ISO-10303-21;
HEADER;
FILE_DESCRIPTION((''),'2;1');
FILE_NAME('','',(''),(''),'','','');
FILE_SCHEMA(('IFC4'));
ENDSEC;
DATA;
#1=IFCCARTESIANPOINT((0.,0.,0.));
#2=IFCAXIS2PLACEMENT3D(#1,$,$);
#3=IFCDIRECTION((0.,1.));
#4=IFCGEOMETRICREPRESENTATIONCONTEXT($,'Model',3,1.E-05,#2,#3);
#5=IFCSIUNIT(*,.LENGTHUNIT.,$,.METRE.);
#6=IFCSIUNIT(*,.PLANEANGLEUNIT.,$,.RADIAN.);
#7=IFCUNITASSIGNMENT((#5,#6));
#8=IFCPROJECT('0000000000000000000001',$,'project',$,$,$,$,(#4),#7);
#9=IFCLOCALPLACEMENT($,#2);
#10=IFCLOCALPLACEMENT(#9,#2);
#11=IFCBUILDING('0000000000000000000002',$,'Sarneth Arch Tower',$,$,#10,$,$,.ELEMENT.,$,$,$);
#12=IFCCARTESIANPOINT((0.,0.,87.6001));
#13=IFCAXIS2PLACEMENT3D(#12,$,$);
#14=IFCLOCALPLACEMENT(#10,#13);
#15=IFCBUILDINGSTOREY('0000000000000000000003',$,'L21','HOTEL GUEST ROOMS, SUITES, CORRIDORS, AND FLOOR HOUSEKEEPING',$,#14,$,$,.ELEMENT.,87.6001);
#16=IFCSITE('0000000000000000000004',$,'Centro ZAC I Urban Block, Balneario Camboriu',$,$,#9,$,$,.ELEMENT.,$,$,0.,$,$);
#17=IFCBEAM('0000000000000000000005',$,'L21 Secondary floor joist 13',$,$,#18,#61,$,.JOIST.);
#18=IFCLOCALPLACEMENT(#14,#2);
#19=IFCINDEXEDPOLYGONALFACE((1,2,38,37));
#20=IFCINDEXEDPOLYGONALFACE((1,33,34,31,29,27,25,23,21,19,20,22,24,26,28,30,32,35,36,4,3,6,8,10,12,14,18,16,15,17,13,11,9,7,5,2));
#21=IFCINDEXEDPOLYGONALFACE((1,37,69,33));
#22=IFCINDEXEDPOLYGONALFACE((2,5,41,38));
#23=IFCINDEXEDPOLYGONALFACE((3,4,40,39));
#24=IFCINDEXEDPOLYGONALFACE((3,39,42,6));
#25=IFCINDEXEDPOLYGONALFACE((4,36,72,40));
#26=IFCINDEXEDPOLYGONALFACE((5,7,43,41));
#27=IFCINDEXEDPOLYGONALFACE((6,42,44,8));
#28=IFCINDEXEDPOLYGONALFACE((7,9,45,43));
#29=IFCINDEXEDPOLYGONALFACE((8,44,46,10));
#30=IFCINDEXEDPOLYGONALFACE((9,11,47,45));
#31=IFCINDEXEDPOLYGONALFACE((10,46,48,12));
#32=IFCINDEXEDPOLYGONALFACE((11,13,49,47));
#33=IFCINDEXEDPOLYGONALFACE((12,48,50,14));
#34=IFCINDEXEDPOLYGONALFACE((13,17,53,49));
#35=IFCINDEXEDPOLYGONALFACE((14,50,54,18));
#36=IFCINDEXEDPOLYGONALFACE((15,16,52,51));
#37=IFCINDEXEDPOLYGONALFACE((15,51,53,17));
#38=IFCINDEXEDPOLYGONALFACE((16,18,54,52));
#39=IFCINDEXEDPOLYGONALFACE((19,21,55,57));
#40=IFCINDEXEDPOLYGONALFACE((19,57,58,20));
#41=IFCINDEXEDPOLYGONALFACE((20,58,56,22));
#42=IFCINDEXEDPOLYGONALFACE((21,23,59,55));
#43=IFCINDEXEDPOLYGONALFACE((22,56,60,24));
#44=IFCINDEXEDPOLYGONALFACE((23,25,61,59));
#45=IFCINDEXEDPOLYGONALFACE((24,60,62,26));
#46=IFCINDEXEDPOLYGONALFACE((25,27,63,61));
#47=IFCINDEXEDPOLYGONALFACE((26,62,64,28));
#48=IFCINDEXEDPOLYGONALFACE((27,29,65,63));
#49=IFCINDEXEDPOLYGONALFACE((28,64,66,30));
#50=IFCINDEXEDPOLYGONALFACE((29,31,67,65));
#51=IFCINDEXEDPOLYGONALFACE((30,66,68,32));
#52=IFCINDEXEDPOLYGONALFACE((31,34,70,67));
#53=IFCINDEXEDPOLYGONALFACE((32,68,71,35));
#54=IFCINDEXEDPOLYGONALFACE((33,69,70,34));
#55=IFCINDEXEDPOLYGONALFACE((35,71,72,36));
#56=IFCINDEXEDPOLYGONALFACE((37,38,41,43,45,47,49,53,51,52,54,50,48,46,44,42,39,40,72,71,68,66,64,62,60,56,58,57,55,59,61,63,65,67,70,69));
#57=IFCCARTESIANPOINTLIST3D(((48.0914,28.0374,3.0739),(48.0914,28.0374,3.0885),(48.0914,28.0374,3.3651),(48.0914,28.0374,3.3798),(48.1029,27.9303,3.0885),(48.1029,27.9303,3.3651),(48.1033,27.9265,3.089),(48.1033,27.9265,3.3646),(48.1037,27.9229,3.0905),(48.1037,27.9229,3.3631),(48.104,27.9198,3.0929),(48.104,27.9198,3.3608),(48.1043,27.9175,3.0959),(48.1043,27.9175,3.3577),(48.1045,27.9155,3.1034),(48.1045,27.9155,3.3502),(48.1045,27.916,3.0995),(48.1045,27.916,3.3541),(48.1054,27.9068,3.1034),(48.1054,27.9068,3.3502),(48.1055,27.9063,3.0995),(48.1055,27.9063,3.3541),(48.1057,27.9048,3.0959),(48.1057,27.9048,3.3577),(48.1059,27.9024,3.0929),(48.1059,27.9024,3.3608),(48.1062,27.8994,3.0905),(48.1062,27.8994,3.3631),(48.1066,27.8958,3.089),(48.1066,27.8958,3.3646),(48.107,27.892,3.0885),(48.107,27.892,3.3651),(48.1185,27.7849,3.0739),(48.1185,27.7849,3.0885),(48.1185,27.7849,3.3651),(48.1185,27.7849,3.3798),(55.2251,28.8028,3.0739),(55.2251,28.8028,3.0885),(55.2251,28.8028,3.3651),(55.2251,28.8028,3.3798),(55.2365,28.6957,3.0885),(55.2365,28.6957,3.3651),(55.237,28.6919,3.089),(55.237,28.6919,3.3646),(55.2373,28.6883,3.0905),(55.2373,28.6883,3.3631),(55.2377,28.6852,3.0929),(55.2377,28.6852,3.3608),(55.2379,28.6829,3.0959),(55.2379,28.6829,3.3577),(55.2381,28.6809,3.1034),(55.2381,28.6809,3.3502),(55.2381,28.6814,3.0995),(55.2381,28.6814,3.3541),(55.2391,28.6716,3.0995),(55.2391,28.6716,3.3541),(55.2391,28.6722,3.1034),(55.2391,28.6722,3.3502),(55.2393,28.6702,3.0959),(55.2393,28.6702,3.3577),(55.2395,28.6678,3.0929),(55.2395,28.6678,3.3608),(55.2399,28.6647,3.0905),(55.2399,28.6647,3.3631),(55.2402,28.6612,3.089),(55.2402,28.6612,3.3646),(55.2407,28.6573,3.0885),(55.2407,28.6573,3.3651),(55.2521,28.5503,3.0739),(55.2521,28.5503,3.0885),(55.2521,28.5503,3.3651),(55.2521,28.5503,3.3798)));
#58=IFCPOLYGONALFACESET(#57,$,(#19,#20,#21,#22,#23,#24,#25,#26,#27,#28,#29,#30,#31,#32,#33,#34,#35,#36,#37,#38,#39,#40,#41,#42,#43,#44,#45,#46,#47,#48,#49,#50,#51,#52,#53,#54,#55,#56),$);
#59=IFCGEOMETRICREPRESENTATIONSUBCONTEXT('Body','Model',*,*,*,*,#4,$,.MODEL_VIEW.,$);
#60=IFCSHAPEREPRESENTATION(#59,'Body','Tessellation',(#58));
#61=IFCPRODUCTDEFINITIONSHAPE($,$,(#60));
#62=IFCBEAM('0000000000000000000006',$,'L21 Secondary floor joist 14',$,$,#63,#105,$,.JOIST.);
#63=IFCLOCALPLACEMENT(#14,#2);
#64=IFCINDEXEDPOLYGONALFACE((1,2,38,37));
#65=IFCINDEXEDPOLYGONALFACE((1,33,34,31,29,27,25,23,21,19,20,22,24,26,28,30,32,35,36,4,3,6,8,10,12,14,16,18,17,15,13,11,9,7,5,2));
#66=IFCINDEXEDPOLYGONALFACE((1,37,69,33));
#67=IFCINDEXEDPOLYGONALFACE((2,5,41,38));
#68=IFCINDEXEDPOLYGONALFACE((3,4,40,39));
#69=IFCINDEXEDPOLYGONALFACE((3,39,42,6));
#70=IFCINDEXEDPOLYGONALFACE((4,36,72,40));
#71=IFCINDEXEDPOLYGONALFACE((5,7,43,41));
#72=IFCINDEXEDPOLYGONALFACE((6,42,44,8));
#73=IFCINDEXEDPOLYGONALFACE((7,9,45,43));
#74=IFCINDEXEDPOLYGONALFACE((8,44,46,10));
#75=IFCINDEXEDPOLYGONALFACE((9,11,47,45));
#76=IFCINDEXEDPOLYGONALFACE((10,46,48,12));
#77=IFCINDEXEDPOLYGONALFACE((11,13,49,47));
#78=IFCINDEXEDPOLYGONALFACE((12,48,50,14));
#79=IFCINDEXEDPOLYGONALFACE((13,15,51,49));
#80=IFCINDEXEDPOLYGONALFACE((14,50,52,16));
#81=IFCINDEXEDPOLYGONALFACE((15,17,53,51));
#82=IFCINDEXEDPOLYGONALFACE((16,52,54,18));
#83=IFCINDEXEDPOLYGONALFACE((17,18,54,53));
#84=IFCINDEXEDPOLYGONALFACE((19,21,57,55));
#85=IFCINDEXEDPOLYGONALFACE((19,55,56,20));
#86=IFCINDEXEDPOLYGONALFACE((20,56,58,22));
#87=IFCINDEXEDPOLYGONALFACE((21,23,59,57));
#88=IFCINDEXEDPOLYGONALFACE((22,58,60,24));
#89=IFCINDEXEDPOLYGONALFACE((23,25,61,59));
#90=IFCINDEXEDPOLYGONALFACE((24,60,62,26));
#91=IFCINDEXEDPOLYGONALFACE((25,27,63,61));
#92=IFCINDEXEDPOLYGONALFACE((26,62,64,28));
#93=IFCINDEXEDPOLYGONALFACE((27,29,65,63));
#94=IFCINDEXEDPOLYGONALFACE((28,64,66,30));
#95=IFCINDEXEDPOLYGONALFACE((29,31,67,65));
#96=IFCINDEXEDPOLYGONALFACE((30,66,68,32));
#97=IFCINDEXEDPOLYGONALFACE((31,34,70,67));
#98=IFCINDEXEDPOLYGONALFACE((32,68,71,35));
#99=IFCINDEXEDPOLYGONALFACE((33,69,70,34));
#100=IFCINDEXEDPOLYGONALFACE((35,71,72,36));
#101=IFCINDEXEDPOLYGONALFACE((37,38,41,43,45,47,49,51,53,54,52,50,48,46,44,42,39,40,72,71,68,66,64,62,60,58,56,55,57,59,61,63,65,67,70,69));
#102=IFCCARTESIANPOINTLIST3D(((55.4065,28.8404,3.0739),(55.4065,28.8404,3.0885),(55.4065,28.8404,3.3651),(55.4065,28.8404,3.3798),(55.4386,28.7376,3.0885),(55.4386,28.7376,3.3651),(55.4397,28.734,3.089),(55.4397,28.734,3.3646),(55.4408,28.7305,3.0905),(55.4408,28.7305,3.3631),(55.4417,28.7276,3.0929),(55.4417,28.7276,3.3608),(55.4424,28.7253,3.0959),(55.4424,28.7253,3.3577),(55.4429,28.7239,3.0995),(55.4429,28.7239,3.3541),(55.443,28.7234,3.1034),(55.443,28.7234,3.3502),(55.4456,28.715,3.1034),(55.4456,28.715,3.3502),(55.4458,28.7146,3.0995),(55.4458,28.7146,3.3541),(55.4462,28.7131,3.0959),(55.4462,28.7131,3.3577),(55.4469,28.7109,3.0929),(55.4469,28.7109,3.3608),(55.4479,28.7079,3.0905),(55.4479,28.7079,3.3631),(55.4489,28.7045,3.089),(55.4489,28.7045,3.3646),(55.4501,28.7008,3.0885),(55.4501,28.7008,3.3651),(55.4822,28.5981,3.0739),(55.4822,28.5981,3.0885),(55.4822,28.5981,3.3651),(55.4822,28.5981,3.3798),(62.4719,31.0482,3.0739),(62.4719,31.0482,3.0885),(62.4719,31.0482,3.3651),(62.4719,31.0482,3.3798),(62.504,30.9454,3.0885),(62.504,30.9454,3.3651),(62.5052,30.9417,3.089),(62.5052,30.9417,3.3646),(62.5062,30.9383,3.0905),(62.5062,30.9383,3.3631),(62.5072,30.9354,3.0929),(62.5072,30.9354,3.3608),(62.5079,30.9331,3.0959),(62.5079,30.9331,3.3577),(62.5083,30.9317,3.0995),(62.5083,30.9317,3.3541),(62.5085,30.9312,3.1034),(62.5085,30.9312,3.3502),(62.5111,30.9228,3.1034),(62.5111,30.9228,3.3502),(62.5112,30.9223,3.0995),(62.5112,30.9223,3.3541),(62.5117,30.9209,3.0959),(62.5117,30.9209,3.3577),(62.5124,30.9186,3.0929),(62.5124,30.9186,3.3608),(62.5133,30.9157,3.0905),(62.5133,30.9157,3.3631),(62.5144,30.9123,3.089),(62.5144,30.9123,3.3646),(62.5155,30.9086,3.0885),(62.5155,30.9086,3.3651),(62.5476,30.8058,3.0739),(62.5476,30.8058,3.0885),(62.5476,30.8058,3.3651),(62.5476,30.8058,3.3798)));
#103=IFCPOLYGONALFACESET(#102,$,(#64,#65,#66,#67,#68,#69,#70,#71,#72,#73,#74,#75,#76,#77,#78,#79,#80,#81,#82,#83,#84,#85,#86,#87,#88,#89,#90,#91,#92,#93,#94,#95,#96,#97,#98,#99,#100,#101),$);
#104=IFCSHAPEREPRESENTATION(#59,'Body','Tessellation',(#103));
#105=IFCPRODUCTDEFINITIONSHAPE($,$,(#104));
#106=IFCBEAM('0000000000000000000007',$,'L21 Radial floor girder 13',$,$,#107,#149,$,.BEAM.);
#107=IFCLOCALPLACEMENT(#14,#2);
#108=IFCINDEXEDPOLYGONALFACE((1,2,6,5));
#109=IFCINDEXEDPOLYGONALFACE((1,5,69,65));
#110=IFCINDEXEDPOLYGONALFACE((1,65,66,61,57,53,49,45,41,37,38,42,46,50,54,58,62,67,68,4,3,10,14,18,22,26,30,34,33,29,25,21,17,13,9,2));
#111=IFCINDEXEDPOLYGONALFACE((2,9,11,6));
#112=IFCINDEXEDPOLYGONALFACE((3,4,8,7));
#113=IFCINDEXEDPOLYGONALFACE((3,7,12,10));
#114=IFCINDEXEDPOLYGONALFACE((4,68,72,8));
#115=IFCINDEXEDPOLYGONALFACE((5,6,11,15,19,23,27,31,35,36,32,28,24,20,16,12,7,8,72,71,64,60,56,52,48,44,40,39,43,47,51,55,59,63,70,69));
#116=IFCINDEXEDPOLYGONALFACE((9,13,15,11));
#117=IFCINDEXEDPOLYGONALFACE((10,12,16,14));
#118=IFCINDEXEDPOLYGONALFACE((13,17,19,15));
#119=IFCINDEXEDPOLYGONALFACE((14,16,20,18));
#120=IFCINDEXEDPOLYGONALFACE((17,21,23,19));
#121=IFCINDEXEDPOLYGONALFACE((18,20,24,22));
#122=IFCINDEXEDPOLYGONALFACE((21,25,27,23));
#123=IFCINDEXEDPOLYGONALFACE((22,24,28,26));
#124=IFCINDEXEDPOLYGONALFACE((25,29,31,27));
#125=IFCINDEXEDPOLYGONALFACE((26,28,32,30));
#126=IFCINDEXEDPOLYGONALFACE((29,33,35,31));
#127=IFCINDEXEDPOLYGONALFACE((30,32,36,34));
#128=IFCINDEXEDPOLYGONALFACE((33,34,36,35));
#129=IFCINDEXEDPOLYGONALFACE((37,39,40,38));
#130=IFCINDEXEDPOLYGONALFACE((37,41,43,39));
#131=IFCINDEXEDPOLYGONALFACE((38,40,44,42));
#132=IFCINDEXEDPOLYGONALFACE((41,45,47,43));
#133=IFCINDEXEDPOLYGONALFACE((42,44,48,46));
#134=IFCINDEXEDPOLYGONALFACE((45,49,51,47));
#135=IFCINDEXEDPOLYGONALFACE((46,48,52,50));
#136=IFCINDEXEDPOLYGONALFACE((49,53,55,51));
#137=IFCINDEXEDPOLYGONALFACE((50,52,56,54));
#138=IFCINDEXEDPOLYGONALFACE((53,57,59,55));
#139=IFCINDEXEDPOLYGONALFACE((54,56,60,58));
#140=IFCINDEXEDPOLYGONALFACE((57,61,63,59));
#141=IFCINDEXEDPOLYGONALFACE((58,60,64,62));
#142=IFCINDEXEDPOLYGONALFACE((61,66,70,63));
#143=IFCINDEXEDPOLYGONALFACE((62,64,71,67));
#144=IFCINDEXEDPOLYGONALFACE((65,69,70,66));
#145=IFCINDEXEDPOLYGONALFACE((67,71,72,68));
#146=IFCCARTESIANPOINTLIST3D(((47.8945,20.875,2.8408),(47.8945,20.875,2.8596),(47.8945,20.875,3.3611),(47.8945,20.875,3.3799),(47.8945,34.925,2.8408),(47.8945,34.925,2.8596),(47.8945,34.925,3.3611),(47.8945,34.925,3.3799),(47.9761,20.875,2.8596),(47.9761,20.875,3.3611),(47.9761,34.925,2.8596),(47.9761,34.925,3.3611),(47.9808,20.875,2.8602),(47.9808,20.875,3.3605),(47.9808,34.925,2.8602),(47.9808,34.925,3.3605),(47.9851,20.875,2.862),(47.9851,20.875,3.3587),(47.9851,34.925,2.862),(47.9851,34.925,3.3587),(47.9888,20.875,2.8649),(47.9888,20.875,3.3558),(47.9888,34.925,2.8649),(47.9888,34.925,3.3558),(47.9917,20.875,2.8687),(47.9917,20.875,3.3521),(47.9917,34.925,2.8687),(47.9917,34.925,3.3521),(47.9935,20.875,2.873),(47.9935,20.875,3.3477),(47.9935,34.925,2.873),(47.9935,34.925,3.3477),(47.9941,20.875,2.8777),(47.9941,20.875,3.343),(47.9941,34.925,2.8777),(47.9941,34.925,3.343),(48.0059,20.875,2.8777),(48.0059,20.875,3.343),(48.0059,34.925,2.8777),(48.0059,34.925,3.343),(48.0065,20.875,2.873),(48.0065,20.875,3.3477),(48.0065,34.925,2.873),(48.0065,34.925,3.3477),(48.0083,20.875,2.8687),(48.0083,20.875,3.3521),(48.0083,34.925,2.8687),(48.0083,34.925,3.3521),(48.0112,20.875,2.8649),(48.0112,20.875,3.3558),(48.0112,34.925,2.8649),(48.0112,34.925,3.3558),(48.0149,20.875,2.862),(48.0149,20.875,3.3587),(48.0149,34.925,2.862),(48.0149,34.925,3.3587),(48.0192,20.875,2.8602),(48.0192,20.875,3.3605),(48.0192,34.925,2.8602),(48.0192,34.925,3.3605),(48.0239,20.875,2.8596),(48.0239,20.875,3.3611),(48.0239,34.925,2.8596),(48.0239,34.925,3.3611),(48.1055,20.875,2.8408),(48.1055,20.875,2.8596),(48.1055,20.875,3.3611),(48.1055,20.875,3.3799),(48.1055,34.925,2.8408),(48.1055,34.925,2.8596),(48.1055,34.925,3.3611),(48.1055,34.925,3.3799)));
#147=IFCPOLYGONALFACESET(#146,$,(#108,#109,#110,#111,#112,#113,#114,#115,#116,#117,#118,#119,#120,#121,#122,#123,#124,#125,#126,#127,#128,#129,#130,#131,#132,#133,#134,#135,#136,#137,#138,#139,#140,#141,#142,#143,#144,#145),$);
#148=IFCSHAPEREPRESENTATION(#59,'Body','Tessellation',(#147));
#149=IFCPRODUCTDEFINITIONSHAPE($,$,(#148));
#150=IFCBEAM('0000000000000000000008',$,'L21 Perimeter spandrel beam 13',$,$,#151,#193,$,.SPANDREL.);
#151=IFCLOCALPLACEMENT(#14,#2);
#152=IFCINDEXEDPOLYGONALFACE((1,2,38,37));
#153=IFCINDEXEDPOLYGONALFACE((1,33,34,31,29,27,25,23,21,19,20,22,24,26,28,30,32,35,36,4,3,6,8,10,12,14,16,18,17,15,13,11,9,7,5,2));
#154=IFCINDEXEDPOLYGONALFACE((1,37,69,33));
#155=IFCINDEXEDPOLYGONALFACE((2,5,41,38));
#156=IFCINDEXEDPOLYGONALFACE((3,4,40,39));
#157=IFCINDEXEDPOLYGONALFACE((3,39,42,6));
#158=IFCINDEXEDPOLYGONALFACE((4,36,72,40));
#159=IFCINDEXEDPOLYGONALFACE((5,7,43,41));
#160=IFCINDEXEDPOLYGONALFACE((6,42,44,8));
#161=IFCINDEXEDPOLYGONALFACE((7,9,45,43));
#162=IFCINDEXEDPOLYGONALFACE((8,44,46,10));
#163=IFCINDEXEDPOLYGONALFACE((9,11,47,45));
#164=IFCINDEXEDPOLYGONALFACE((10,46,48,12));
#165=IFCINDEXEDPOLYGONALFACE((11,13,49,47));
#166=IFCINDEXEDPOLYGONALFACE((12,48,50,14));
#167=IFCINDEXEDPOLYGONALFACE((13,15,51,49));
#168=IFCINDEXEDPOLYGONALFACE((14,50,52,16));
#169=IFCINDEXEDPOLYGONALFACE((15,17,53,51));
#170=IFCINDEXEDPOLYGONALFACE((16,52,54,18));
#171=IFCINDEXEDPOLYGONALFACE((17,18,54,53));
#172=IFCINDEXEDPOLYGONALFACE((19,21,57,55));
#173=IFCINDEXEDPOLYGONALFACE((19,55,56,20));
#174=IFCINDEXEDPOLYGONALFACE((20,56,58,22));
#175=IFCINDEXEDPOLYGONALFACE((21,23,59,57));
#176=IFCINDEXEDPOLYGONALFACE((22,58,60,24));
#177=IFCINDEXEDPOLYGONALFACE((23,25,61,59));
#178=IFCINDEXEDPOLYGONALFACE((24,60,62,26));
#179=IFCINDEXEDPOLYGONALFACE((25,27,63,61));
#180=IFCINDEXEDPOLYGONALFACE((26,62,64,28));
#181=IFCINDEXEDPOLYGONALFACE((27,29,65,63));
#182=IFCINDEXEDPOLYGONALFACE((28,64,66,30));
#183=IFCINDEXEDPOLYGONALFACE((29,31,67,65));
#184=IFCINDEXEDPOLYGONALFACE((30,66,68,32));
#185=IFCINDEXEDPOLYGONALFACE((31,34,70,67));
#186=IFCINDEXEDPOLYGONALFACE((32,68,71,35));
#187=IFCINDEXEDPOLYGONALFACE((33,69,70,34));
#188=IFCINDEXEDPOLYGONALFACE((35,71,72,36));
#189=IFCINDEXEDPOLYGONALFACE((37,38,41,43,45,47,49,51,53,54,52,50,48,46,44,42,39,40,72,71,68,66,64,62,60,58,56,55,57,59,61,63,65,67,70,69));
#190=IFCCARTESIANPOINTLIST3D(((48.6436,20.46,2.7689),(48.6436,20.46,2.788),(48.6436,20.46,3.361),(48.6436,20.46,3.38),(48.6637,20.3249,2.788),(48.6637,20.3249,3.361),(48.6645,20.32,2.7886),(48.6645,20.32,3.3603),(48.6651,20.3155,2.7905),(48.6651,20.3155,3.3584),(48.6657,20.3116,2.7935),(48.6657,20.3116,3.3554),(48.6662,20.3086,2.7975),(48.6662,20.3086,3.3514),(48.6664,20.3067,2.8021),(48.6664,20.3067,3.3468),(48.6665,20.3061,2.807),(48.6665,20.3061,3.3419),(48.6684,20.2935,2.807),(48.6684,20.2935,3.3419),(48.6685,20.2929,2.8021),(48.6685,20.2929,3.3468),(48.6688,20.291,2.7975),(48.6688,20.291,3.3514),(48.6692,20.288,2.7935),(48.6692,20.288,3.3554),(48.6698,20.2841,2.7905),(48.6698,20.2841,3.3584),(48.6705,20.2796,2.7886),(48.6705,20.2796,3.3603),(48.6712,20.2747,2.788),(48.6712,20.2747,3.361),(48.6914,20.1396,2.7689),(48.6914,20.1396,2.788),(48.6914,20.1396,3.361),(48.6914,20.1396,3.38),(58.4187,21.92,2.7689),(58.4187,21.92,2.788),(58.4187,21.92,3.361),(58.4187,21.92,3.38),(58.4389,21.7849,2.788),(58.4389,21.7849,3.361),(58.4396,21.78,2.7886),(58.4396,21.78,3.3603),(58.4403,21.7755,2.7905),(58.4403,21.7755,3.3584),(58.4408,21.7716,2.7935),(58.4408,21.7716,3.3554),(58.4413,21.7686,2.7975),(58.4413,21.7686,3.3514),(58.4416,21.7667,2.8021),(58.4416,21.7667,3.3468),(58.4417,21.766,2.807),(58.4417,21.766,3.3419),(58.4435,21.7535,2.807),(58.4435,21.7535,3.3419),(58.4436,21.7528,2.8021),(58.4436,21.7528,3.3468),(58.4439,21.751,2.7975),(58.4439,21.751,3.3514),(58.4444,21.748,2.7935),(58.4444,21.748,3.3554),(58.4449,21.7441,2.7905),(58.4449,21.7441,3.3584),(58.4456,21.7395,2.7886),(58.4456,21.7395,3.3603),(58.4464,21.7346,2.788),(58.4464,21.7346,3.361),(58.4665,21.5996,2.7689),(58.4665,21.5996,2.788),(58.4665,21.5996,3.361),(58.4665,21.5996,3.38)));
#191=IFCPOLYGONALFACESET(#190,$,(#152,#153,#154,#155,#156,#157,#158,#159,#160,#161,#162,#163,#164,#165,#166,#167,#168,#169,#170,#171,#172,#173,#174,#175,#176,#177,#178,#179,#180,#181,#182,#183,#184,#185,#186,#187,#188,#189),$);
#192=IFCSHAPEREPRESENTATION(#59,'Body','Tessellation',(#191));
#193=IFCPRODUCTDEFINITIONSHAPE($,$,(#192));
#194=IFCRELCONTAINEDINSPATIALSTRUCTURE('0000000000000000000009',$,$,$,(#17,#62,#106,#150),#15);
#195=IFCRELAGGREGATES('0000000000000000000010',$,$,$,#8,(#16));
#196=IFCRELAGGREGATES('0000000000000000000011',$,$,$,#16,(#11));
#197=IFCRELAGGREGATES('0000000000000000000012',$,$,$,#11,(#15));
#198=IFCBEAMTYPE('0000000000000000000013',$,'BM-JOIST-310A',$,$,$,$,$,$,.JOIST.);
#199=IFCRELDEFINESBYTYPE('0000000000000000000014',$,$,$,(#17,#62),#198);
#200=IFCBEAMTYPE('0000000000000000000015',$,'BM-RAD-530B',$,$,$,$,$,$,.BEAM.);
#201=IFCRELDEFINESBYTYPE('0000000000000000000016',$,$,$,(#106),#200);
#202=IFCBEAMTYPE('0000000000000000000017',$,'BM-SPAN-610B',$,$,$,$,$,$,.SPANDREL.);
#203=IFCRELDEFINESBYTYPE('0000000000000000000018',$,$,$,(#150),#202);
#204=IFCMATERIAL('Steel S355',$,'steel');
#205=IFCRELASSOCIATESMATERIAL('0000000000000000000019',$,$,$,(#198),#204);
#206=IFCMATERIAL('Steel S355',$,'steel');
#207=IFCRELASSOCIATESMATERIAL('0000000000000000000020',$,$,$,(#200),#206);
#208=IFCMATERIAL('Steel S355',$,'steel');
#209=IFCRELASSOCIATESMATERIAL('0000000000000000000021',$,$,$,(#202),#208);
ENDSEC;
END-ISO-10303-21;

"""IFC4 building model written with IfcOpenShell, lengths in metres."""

from ifc_helpers import new_model, si_unit, direction, frame, origin, origin_2d, place, context, subcontext, project, spatial, i_section, extrude, material, material_profile, profile_set, type_object, element, save


model = new_model("IFC4")

# Units and contexts
model_context = context("Model", 3, precision=1e-05, world=origin(), true_north=direction((0.0, 1.0)))
body_context = subcontext(model_context, "Body", "Model", "MODEL_VIEW")
ifc_project = project(units=[si_unit("LENGTHUNIT", "METRE"), si_unit("PLANEANGLEUNIT", "RADIAN")], contexts=[model_context])

# Site, building, storey
site_placement = place(None, origin())
site = spatial("IfcSite", under=ifc_project, at=site_placement, Name="Centro ZAC I Urban Block, Balneario Camboriu", CompositionType="ELEMENT", RefElevation=0.0)
building_placement = place(site_placement, origin())
building = spatial("IfcBuilding", under=site, at=building_placement, Name="Sarneth Arch Tower", CompositionType="ELEMENT")
storey_placement = place(building_placement, frame((0.0, 0.0, 87.6001)))
storey = spatial("IfcBuildingStorey", under=building, at=storey_placement, Name="L21", Description="HOTEL GUEST ROOMS, SUITES, CORRIDORS, AND FLOOR HOUSEKEEPING", CompositionType="ELEMENT", Elevation=87.6001)

# Beams
ifc_material_1 = material(Name="Steel S355", Category="steel")
ifc_material_profile_1 = material_profile(ifc_material_1, i_section(OverallWidth=0.2539, OverallDepth=0.3059, WebThickness=0.0088, FlangeThickness=0.0146, FilletRadius=0.0149, at=origin_2d()), Name="W310x79")
ifc_profile_set_1 = profile_set([ifc_material_profile_1], Name="Steel S355")
beam_type_1 = type_object("IfcBeamType", Name="BM-JOIST-310A", PredefinedType="JOIST", material=ifc_profile_set_1)
beam_1_placement = place(storey_placement, frame((48.105, 27.9111, 3.2268), z_axis=(0.994293, 0.106681, 0.0), x_axis=(-0.106681, 0.994293, 0.0)))
element("IfcBeam", 1, at=beam_1_placement, inside=storey, type_object=beam_type_1, Name="L21 Secondary floor joist 13", PredefinedType="JOIST", context=body_context, shape_type="SweptSolid", body=[
    extrude(i_section(OverallWidth=0.2539, OverallDepth=0.3059, WebThickness=0.0088, FlangeThickness=0.0146, FilletRadius=0.0149, at=origin_2d()), origin(), (0.0, 0.0, 1.0), 7.1746),
])
beam_2_placement = place(storey_placement, frame((55.4443, 28.7192, 3.2268), z_axis=(0.954487, 0.298252, 0.0), x_axis=(-0.298252, 0.954487, 0.0)))
element("IfcBeam", 2, at=beam_2_placement, inside=storey, type_object=beam_type_1, Name="L21 Secondary floor joist 14", PredefinedType="JOIST", context=body_context, shape_type="SweptSolid", body=[
    extrude(i_section(OverallWidth=0.2539, OverallDepth=0.3059, WebThickness=0.0088, FlangeThickness=0.0146, FilletRadius=0.0149, at=origin_2d()), origin(), (0.0, 0.0, 1.0), 7.4023),
])
ifc_material_2 = material(Name="Steel S355", Category="steel")
ifc_material_profile_2 = material_profile(ifc_material_2, i_section(OverallWidth=0.2109, OverallDepth=0.5391, WebThickness=0.0117, FlangeThickness=0.0188, FilletRadius=0.0181, at=origin_2d()), Name="W530x109")
ifc_profile_set_2 = profile_set([ifc_material_profile_2], Name="Steel S355")
beam_type_2 = type_object("IfcBeamType", Name="BM-RAD-530B", PredefinedType="BEAM", material=ifc_profile_set_2)
beam_3_placement = place(storey_placement, frame((48.0, 34.925, 3.1104), z_axis=(0.0, -1.0, 0.0), x_axis=(1.0, 0.0, 0.0)))
element("IfcBeam", 3, at=beam_3_placement, inside=storey, type_object=beam_type_2, Name="L21 Radial floor girder 13", PredefinedType="BEAM", context=body_context, shape_type="SweptSolid", body=[
    extrude(i_section(OverallWidth=0.2109, OverallDepth=0.5391, WebThickness=0.0117, FlangeThickness=0.0188, FilletRadius=0.0181, at=origin_2d()), origin(), (0.0, 0.0, 1.0), 14.05),
])
ifc_material_3 = material(Name="Steel S355", Category="steel")
ifc_material_profile_3 = material_profile(ifc_material_3, i_section(OverallWidth=0.324, OverallDepth=0.6111, WebThickness=0.0127, FlangeThickness=0.019, FilletRadius=0.019, at=origin_2d()), Name="W610x155")
ifc_profile_set_3 = profile_set([ifc_material_profile_3], Name="Steel S355")
beam_type_3 = type_object("IfcBeamType", Name="BM-SPAN-610B", PredefinedType="SPANDREL", material=ifc_profile_set_3)
beam_4_placement = place(storey_placement, frame((48.6675, 20.2998, 3.0745), z_axis=(0.98903, 0.147716, 0.0), x_axis=(-0.147716, 0.98903, 0.0)))
element("IfcBeam", 4, at=beam_4_placement, inside=storey, type_object=beam_type_3, Name="L21 Perimeter spandrel beam 13", PredefinedType="SPANDREL", context=body_context, shape_type="SweptSolid", body=[
    extrude(i_section(OverallWidth=0.324, OverallDepth=0.6111, WebThickness=0.0127, FlangeThickness=0.019, FilletRadius=0.019, at=origin_2d()), origin(), (0.0, 0.0, 1.0), 9.8835),
])

save(model, "model.ifc")
